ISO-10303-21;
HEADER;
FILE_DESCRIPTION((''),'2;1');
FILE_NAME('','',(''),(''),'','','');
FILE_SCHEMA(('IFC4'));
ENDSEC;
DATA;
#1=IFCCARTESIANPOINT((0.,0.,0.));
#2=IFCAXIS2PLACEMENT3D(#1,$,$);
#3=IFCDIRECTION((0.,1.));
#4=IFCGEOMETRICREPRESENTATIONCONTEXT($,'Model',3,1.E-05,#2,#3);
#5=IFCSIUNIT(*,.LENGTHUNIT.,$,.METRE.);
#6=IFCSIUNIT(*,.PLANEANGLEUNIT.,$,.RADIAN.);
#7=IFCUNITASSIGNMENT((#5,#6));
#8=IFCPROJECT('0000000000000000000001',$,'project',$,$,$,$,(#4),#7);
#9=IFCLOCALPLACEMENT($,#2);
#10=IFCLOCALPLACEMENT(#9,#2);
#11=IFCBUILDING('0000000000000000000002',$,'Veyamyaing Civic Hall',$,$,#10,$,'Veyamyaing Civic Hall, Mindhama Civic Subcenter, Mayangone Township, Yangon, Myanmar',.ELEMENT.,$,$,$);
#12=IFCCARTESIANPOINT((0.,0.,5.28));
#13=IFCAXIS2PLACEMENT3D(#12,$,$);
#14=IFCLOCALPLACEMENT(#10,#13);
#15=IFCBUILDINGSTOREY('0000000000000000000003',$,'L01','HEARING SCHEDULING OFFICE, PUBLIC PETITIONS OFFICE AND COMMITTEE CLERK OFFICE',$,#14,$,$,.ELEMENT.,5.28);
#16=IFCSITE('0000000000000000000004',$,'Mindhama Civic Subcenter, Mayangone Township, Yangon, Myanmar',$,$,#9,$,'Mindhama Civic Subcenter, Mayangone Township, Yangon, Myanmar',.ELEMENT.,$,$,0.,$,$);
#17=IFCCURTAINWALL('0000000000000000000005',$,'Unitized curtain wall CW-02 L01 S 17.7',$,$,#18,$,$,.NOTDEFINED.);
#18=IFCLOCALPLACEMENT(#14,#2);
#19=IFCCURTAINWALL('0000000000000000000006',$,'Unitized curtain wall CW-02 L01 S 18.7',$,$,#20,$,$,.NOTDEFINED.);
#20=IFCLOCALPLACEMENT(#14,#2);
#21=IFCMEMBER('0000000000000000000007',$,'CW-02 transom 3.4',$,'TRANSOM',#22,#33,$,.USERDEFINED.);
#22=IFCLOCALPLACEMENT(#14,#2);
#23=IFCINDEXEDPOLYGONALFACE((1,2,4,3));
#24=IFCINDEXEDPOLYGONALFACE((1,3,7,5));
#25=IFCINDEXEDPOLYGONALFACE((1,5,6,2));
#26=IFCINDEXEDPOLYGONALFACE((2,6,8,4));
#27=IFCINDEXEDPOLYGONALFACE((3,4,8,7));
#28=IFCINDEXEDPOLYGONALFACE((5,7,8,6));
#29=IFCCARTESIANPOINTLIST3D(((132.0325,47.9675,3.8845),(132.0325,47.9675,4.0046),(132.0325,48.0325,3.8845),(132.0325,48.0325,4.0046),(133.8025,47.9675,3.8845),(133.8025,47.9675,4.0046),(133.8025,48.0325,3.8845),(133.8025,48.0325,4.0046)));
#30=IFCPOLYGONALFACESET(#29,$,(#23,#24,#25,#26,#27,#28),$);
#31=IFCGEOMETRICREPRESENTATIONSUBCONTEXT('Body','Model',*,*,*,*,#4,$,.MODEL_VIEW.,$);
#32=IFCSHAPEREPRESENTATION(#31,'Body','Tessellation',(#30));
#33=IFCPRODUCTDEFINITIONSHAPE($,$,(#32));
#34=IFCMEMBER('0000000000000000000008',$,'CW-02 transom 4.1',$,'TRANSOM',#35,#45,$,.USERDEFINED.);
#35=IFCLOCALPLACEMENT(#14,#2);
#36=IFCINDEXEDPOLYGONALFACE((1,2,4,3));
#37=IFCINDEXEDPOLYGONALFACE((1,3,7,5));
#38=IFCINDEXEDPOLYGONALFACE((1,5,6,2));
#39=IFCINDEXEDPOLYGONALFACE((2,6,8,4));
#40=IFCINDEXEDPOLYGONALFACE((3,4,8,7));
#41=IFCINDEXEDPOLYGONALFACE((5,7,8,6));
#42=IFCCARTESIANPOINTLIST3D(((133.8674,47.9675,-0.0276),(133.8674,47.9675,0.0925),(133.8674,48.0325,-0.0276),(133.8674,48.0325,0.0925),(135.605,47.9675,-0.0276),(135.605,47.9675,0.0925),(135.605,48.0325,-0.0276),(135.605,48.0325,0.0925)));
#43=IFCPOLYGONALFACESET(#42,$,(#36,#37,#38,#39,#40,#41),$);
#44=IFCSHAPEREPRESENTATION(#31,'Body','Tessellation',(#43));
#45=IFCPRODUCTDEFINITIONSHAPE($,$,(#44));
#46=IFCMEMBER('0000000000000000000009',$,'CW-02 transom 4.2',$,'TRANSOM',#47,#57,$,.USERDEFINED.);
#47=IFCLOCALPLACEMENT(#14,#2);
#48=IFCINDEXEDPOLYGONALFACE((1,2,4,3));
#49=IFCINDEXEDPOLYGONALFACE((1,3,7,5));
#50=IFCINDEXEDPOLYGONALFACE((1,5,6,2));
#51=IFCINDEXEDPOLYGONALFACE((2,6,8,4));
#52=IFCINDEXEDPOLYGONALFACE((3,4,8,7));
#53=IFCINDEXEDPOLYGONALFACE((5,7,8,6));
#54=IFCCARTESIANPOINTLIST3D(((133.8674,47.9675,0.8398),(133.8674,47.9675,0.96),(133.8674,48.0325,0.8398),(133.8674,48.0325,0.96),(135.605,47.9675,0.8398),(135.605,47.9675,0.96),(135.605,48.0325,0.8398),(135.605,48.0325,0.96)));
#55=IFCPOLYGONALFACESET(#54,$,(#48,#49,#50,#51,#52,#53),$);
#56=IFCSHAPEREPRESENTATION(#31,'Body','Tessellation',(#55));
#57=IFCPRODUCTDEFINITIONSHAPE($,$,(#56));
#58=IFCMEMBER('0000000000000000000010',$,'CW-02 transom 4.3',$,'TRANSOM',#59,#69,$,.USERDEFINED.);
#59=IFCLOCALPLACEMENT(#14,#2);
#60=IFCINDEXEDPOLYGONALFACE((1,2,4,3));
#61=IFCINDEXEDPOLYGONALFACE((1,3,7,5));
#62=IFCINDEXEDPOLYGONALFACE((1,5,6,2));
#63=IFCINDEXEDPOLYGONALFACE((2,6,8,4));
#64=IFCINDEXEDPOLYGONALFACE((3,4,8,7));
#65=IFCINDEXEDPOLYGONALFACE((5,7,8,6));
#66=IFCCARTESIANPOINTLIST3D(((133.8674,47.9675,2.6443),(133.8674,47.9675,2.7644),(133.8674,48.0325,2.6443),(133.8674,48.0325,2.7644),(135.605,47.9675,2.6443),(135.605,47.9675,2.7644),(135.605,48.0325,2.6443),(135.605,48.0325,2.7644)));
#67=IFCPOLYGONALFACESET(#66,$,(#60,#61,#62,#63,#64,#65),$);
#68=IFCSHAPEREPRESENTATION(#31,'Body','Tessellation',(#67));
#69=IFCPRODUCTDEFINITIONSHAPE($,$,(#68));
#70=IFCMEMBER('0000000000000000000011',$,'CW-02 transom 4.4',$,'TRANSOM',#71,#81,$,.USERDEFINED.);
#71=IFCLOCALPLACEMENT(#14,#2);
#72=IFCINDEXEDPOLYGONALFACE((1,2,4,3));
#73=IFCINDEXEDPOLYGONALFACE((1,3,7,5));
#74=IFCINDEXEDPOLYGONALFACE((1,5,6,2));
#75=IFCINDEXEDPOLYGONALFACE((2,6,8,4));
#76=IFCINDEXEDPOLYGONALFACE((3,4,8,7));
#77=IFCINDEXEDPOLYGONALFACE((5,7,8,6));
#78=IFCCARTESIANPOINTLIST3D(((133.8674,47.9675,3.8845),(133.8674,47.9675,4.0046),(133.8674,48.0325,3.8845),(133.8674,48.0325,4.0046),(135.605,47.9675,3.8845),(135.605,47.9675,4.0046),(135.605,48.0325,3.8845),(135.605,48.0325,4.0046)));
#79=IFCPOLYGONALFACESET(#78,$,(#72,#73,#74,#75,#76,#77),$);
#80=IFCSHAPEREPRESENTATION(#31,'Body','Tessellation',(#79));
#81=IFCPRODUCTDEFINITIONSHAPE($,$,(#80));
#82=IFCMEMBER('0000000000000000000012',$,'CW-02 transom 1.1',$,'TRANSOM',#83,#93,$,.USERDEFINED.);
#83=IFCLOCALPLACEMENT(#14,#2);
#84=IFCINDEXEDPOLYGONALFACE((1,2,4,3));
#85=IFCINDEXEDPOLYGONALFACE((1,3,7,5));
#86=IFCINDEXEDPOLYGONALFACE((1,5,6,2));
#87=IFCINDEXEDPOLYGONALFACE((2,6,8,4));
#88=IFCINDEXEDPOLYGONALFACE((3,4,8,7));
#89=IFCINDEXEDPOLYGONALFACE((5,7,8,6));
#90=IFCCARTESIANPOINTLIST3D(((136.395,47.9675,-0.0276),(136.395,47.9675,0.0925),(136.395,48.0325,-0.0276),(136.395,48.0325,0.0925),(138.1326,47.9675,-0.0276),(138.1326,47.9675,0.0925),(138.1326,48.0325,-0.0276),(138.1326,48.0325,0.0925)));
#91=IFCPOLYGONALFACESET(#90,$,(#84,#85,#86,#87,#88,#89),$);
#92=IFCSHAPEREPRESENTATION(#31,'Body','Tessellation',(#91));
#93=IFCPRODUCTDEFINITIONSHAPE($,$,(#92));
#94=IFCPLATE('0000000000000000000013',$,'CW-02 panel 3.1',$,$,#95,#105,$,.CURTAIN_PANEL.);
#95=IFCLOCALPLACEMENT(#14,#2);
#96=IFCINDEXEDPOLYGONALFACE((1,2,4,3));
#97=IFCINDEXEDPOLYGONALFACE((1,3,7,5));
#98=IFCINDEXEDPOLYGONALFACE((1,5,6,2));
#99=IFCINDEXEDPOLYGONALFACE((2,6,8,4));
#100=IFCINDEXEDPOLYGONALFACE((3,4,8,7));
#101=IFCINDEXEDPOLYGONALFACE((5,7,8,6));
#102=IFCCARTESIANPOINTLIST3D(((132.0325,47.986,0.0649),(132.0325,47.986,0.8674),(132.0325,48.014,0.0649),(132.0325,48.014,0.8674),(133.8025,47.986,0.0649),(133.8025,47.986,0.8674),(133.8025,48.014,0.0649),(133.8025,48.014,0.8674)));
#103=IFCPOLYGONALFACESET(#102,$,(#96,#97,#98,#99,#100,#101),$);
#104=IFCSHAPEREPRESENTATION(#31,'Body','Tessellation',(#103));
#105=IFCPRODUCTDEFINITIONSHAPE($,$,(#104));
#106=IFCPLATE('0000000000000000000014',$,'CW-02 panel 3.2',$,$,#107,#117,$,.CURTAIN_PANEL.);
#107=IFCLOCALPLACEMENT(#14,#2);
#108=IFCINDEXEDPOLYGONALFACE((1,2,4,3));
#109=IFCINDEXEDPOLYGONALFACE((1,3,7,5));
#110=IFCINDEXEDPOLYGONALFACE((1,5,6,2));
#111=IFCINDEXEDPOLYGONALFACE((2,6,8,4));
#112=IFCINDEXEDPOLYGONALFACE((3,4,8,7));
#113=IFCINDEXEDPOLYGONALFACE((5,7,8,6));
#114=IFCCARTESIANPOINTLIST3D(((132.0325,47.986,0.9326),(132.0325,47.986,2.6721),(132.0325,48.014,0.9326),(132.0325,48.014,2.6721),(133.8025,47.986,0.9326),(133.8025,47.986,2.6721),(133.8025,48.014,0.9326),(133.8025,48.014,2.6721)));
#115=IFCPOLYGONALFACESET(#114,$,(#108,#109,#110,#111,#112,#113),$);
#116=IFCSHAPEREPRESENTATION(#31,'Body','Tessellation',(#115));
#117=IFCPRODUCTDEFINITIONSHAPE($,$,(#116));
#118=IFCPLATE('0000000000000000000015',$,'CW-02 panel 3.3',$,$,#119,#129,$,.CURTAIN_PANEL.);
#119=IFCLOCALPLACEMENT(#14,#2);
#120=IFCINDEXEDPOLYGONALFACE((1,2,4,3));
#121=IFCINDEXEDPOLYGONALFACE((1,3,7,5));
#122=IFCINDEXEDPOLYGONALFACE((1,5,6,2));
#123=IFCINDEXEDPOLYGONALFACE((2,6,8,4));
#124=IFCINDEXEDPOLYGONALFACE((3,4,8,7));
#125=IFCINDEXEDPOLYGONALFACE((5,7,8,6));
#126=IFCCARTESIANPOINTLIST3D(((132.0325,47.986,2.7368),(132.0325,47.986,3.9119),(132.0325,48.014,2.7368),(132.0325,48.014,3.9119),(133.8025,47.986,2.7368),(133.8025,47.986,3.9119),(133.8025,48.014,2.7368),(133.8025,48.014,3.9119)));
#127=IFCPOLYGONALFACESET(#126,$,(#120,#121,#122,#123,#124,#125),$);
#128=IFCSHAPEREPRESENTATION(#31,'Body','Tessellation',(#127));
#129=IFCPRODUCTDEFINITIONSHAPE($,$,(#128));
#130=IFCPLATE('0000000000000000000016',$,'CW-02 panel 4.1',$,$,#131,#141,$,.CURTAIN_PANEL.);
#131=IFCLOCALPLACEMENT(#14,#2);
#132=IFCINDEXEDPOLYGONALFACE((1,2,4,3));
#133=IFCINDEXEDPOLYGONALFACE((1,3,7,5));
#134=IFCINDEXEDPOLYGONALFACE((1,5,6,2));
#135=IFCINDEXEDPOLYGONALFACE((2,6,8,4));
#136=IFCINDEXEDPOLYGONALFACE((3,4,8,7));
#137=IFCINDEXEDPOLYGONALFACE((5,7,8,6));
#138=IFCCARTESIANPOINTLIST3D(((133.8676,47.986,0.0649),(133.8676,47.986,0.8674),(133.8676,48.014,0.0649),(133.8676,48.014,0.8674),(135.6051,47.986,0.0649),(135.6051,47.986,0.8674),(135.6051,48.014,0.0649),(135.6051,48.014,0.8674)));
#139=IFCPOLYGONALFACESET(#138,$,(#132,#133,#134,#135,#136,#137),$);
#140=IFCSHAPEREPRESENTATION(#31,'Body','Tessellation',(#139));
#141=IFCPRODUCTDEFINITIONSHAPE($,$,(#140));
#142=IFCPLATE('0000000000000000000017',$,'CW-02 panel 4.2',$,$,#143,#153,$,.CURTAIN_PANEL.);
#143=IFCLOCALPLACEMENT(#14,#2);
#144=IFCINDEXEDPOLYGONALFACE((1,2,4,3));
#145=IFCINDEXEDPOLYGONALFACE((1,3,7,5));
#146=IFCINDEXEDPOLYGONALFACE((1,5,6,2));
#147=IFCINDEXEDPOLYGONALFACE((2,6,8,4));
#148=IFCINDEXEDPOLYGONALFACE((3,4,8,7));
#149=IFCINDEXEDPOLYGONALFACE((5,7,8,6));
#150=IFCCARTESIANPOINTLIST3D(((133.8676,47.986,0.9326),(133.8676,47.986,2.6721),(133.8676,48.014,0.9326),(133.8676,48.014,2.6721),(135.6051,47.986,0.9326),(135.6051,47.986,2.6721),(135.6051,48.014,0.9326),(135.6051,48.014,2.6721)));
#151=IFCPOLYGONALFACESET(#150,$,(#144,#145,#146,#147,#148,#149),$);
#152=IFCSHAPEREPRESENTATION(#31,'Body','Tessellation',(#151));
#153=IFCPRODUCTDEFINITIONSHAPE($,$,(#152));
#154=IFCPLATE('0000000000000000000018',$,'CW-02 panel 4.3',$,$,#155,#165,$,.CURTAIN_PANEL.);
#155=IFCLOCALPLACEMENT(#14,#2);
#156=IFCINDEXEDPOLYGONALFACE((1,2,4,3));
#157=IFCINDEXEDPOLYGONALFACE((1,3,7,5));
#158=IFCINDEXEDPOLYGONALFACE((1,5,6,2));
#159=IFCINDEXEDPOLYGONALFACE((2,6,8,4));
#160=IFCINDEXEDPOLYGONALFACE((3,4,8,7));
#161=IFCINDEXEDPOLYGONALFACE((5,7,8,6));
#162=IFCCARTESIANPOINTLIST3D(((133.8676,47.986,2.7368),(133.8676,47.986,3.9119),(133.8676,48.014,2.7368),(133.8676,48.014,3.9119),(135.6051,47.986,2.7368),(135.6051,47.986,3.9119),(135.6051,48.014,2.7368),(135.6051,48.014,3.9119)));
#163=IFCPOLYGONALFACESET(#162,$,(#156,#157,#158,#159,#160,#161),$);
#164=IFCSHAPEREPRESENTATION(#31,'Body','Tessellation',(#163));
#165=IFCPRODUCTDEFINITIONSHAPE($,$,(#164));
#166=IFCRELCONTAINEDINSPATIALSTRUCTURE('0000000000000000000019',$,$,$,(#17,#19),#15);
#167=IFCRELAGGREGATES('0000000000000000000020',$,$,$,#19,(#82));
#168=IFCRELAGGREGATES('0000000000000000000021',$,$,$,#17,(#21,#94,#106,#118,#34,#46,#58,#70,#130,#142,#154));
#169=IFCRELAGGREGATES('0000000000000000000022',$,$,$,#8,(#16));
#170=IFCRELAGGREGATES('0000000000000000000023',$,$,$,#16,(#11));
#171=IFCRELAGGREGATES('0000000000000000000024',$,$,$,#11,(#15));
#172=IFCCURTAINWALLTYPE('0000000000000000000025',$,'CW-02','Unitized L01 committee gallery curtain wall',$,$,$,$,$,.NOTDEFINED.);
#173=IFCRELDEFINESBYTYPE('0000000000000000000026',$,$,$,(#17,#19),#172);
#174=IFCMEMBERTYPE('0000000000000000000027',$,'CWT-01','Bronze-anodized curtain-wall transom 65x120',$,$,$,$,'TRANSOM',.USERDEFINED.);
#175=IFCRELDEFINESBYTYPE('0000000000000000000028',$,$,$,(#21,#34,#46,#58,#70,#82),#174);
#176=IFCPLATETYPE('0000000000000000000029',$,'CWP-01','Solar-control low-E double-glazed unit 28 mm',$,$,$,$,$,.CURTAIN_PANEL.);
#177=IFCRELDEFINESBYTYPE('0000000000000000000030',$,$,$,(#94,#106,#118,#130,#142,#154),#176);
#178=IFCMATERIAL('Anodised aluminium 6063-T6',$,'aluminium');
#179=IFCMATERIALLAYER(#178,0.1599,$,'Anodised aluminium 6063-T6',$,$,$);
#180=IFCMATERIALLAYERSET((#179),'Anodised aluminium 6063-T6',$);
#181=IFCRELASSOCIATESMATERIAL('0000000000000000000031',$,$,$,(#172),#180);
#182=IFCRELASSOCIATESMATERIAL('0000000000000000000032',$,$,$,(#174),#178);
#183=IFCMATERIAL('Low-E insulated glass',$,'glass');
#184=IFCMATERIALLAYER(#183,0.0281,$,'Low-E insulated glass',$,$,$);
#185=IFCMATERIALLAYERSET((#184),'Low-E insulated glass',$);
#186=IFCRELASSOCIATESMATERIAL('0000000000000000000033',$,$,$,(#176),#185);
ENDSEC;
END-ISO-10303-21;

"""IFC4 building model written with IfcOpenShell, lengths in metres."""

from ifc_helpers import new_model, si_unit, direction, frame, origin, origin_2d, place, context, subcontext, project, spatial, rectangle, extrude, material, layer, layer_set, material_profile, profile_set, type_object, element, aggregate, save


model = new_model("IFC4")

# Units and contexts
model_context = context("Model", 3, precision=1e-05, world=origin(), true_north=direction((0.0, 1.0)))
body_context = subcontext(model_context, "Body", "Model", "MODEL_VIEW")
ifc_project = project(units=[si_unit("LENGTHUNIT", "METRE"), si_unit("PLANEANGLEUNIT", "RADIAN")], contexts=[model_context])

# Site, building, storey
site_placement = place(None, origin())
site = spatial("IfcSite", under=ifc_project, at=site_placement, Name="Mindhama Civic Subcenter, Mayangone Township, Yangon, Myanmar", LongName="Mindhama Civic Subcenter, Mayangone Township, Yangon, Myanmar", CompositionType="ELEMENT", RefElevation=0.0)
building_placement = place(site_placement, origin())
building = spatial("IfcBuilding", under=site, at=building_placement, Name="Veyamyaing Civic Hall", LongName="Veyamyaing Civic Hall, Mindhama Civic Subcenter, Mayangone Township, Yangon, Myanmar", CompositionType="ELEMENT")
storey_placement = place(building_placement, frame((0.0, 0.0, 5.28)))
storey = spatial("IfcBuildingStorey", under=building, at=storey_placement, Name="L01", Description="HEARING SCHEDULING OFFICE, PUBLIC PETITIONS OFFICE AND COMMITTEE CLERK OFFICE", CompositionType="ELEMENT", Elevation=5.28)

# Curtain wall
ifc_material_1 = material(Name="Anodised aluminium 6063-T6", Category="aluminium")
ifc_layer_1 = layer(ifc_material_1, 0.1599, Name="Anodised aluminium 6063-T6")
ifc_layer_set_1 = layer_set([ifc_layer_1], Name="Anodised aluminium 6063-T6")
curtain_wall_type = type_object("IfcCurtainWallType", Name="CW-02", Description="Unitized L01 committee gallery curtain wall", PredefinedType="NOTDEFINED", material=ifc_layer_set_1)
curtain_wall_1_placement = place(storey_placement, origin())
curtain_wall_1 = element("IfcCurtainWall", 1, at=curtain_wall_1_placement, inside=storey, type_object=curtain_wall_type, Name="Unitized curtain wall CW-02 L01 S 17.7", PredefinedType="NOTDEFINED")

# Curtain wall
curtain_wall_2_placement = place(storey_placement, origin())
curtain_wall_2 = element("IfcCurtainWall", 2, at=curtain_wall_2_placement, inside=storey, type_object=curtain_wall_type, Name="Unitized curtain wall CW-02 L01 S 18.7", PredefinedType="NOTDEFINED")

# Members
ifc_material_profile_1 = material_profile(ifc_material_1, rectangle(XDim=0.0649, YDim=0.1201, at=origin_2d()), Name="ALU-TRN-65X120")
ifc_profile_set_1 = profile_set([ifc_material_profile_1], Name="Anodised aluminium 6063-T6")
member_type_1 = type_object("IfcMemberType", Name="CWT-01", Description="Bronze-anodized curtain-wall transom 65x120", ElementType="TRANSOM", PredefinedType="USERDEFINED", material=ifc_profile_set_1)
member_1_placement = place(storey_placement, frame((132.0325, 48.0, 3.9446), z_axis=(1.0, 0.0, 0.0), x_axis=(0.0, 1.0, 0.0)))
member_1 = element("IfcMember", 3, at=member_1_placement, type_object=member_type_1, Name="CW-02 transom 3.4", ObjectType="TRANSOM", PredefinedType="USERDEFINED", context=body_context, shape_type="SweptSolid", body=[
    extrude(rectangle(XDim=0.0649, YDim=0.1201, at=origin_2d()), origin(), (0.0, 0.0, 1.0), 1.77),
])
member_2_placement = place(storey_placement, frame((133.8674, 48.0, 0.0325), z_axis=(1.0, 0.0, 0.0), x_axis=(0.0, 1.0, 0.0)))
member_2 = element("IfcMember", 4, at=member_2_placement, type_object=member_type_1, Name="CW-02 transom 4.1", ObjectType="TRANSOM", PredefinedType="USERDEFINED", context=body_context, shape_type="SweptSolid", body=[
    extrude(rectangle(XDim=0.0649, YDim=0.1201, at=origin_2d()), origin(), (0.0, 0.0, 1.0), 1.7375),
])
member_3_placement = place(storey_placement, frame((133.8674, 48.0, 0.8999), z_axis=(1.0, 0.0, 0.0), x_axis=(0.0, 1.0, 0.0)))
member_3 = element("IfcMember", 5, at=member_3_placement, type_object=member_type_1, Name="CW-02 transom 4.2", ObjectType="TRANSOM", PredefinedType="USERDEFINED", context=body_context, shape_type="SweptSolid", body=[
    extrude(rectangle(XDim=0.0649, YDim=0.1201, at=origin_2d()), origin(), (0.0, 0.0, 1.0), 1.7375),
])
member_4_placement = place(storey_placement, frame((133.8674, 48.0, 2.7043), z_axis=(1.0, 0.0, 0.0), x_axis=(0.0, 1.0, 0.0)))
member_4 = element("IfcMember", 6, at=member_4_placement, type_object=member_type_1, Name="CW-02 transom 4.3", ObjectType="TRANSOM", PredefinedType="USERDEFINED", context=body_context, shape_type="SweptSolid", body=[
    extrude(rectangle(XDim=0.0649, YDim=0.1201, at=origin_2d()), origin(), (0.0, 0.0, 1.0), 1.7375),
])
member_5_placement = place(storey_placement, frame((133.8674, 48.0, 3.9446), z_axis=(1.0, 0.0, 0.0), x_axis=(0.0, 1.0, 0.0)))
member_5 = element("IfcMember", 7, at=member_5_placement, type_object=member_type_1, Name="CW-02 transom 4.4", ObjectType="TRANSOM", PredefinedType="USERDEFINED", context=body_context, shape_type="SweptSolid", body=[
    extrude(rectangle(XDim=0.0649, YDim=0.1201, at=origin_2d()), origin(), (0.0, 0.0, 1.0), 1.7375),
])
member_6_placement = place(storey_placement, frame((136.395, 48.0, 0.0325), z_axis=(1.0, 0.0, 0.0), x_axis=(0.0, 1.0, 0.0)))
member_6 = element("IfcMember", 8, at=member_6_placement, type_object=member_type_1, Name="CW-02 transom 1.1", ObjectType="TRANSOM", PredefinedType="USERDEFINED", context=body_context, shape_type="SweptSolid", body=[
    extrude(rectangle(XDim=0.0649, YDim=0.1201, at=origin_2d()), origin(), (0.0, 0.0, 1.0), 1.7375),
])
aggregate(curtain_wall_2, [member_6])

# Plates
ifc_material_2 = material(Name="Low-E insulated glass", Category="glass")
ifc_layer_2 = layer(ifc_material_2, 0.0281, Name="Low-E insulated glass")
ifc_layer_set_2 = layer_set([ifc_layer_2], Name="Low-E insulated glass")
plate_type = type_object("IfcPlateType", Name="CWP-01", Description="Solar-control low-E double-glazed unit 28 mm", PredefinedType="CURTAIN_PANEL", material=ifc_layer_set_2)
plate_1_placement = place(storey_placement, frame((132.9175, 48.0, 0.0649), z_axis=(0.0, 0.0, 1.0), x_axis=(1.0, 0.0, 0.0)))
plate_1 = element("IfcPlate", 9, at=plate_1_placement, type_object=plate_type, Name="CW-02 panel 3.1", PredefinedType="CURTAIN_PANEL", context=body_context, shape_type="SweptSolid", body=[
    extrude(rectangle(XDim=1.77, YDim=0.0281, at=origin_2d()), origin(), (0.0, 0.0, 1.0), 0.8025),
])
plate_2_placement = place(storey_placement, frame((132.9175, 48.0, 0.9326), z_axis=(0.0, 0.0, 1.0), x_axis=(1.0, 0.0, 0.0)))
plate_2 = element("IfcPlate", 10, at=plate_2_placement, type_object=plate_type, Name="CW-02 panel 3.2", PredefinedType="CURTAIN_PANEL", context=body_context, shape_type="SweptSolid", body=[
    extrude(rectangle(XDim=1.77, YDim=0.0281, at=origin_2d()), origin(), (0.0, 0.0, 1.0), 1.7395),
])
plate_3_placement = place(storey_placement, frame((132.9175, 48.0, 2.7368), z_axis=(0.0, 0.0, 1.0), x_axis=(1.0, 0.0, 0.0)))
plate_3 = element("IfcPlate", 11, at=plate_3_placement, type_object=plate_type, Name="CW-02 panel 3.3", PredefinedType="CURTAIN_PANEL", context=body_context, shape_type="SweptSolid", body=[
    extrude(rectangle(XDim=1.77, YDim=0.0281, at=origin_2d()), origin(), (0.0, 0.0, 1.0), 1.175),
])
plate_4_placement = place(storey_placement, frame((134.7363, 48.0, 0.0649), z_axis=(0.0, 0.0, 1.0), x_axis=(1.0, 0.0, 0.0)))
plate_4 = element("IfcPlate", 12, at=plate_4_placement, type_object=plate_type, Name="CW-02 panel 4.1", PredefinedType="CURTAIN_PANEL", context=body_context, shape_type="SweptSolid", body=[
    extrude(rectangle(XDim=1.7375, YDim=0.0281, at=origin_2d()), origin(), (0.0, 0.0, 1.0), 0.8025),
])
plate_5_placement = place(storey_placement, frame((134.7363, 48.0, 0.9326), z_axis=(0.0, 0.0, 1.0), x_axis=(1.0, 0.0, 0.0)))
plate_5 = element("IfcPlate", 13, at=plate_5_placement, type_object=plate_type, Name="CW-02 panel 4.2", PredefinedType="CURTAIN_PANEL", context=body_context, shape_type="SweptSolid", body=[
    extrude(rectangle(XDim=1.7375, YDim=0.0281, at=origin_2d()), origin(), (0.0, 0.0, 1.0), 1.7395),
])
plate_6_placement = place(storey_placement, frame((134.7363, 48.0, 2.7368), z_axis=(0.0, 0.0, 1.0), x_axis=(1.0, 0.0, 0.0)))
plate_6 = element("IfcPlate", 14, at=plate_6_placement, type_object=plate_type, Name="CW-02 panel 4.3", PredefinedType="CURTAIN_PANEL", context=body_context, shape_type="SweptSolid", body=[
    extrude(rectangle(XDim=1.7375, YDim=0.0281, at=origin_2d()), origin(), (0.0, 0.0, 1.0), 1.175),
])
aggregate(curtain_wall_1, [member_1, plate_1, plate_2, plate_3, member_2, member_3, member_4, member_5, plate_4, plate_5, plate_6])

save(model, "model.ifc")
